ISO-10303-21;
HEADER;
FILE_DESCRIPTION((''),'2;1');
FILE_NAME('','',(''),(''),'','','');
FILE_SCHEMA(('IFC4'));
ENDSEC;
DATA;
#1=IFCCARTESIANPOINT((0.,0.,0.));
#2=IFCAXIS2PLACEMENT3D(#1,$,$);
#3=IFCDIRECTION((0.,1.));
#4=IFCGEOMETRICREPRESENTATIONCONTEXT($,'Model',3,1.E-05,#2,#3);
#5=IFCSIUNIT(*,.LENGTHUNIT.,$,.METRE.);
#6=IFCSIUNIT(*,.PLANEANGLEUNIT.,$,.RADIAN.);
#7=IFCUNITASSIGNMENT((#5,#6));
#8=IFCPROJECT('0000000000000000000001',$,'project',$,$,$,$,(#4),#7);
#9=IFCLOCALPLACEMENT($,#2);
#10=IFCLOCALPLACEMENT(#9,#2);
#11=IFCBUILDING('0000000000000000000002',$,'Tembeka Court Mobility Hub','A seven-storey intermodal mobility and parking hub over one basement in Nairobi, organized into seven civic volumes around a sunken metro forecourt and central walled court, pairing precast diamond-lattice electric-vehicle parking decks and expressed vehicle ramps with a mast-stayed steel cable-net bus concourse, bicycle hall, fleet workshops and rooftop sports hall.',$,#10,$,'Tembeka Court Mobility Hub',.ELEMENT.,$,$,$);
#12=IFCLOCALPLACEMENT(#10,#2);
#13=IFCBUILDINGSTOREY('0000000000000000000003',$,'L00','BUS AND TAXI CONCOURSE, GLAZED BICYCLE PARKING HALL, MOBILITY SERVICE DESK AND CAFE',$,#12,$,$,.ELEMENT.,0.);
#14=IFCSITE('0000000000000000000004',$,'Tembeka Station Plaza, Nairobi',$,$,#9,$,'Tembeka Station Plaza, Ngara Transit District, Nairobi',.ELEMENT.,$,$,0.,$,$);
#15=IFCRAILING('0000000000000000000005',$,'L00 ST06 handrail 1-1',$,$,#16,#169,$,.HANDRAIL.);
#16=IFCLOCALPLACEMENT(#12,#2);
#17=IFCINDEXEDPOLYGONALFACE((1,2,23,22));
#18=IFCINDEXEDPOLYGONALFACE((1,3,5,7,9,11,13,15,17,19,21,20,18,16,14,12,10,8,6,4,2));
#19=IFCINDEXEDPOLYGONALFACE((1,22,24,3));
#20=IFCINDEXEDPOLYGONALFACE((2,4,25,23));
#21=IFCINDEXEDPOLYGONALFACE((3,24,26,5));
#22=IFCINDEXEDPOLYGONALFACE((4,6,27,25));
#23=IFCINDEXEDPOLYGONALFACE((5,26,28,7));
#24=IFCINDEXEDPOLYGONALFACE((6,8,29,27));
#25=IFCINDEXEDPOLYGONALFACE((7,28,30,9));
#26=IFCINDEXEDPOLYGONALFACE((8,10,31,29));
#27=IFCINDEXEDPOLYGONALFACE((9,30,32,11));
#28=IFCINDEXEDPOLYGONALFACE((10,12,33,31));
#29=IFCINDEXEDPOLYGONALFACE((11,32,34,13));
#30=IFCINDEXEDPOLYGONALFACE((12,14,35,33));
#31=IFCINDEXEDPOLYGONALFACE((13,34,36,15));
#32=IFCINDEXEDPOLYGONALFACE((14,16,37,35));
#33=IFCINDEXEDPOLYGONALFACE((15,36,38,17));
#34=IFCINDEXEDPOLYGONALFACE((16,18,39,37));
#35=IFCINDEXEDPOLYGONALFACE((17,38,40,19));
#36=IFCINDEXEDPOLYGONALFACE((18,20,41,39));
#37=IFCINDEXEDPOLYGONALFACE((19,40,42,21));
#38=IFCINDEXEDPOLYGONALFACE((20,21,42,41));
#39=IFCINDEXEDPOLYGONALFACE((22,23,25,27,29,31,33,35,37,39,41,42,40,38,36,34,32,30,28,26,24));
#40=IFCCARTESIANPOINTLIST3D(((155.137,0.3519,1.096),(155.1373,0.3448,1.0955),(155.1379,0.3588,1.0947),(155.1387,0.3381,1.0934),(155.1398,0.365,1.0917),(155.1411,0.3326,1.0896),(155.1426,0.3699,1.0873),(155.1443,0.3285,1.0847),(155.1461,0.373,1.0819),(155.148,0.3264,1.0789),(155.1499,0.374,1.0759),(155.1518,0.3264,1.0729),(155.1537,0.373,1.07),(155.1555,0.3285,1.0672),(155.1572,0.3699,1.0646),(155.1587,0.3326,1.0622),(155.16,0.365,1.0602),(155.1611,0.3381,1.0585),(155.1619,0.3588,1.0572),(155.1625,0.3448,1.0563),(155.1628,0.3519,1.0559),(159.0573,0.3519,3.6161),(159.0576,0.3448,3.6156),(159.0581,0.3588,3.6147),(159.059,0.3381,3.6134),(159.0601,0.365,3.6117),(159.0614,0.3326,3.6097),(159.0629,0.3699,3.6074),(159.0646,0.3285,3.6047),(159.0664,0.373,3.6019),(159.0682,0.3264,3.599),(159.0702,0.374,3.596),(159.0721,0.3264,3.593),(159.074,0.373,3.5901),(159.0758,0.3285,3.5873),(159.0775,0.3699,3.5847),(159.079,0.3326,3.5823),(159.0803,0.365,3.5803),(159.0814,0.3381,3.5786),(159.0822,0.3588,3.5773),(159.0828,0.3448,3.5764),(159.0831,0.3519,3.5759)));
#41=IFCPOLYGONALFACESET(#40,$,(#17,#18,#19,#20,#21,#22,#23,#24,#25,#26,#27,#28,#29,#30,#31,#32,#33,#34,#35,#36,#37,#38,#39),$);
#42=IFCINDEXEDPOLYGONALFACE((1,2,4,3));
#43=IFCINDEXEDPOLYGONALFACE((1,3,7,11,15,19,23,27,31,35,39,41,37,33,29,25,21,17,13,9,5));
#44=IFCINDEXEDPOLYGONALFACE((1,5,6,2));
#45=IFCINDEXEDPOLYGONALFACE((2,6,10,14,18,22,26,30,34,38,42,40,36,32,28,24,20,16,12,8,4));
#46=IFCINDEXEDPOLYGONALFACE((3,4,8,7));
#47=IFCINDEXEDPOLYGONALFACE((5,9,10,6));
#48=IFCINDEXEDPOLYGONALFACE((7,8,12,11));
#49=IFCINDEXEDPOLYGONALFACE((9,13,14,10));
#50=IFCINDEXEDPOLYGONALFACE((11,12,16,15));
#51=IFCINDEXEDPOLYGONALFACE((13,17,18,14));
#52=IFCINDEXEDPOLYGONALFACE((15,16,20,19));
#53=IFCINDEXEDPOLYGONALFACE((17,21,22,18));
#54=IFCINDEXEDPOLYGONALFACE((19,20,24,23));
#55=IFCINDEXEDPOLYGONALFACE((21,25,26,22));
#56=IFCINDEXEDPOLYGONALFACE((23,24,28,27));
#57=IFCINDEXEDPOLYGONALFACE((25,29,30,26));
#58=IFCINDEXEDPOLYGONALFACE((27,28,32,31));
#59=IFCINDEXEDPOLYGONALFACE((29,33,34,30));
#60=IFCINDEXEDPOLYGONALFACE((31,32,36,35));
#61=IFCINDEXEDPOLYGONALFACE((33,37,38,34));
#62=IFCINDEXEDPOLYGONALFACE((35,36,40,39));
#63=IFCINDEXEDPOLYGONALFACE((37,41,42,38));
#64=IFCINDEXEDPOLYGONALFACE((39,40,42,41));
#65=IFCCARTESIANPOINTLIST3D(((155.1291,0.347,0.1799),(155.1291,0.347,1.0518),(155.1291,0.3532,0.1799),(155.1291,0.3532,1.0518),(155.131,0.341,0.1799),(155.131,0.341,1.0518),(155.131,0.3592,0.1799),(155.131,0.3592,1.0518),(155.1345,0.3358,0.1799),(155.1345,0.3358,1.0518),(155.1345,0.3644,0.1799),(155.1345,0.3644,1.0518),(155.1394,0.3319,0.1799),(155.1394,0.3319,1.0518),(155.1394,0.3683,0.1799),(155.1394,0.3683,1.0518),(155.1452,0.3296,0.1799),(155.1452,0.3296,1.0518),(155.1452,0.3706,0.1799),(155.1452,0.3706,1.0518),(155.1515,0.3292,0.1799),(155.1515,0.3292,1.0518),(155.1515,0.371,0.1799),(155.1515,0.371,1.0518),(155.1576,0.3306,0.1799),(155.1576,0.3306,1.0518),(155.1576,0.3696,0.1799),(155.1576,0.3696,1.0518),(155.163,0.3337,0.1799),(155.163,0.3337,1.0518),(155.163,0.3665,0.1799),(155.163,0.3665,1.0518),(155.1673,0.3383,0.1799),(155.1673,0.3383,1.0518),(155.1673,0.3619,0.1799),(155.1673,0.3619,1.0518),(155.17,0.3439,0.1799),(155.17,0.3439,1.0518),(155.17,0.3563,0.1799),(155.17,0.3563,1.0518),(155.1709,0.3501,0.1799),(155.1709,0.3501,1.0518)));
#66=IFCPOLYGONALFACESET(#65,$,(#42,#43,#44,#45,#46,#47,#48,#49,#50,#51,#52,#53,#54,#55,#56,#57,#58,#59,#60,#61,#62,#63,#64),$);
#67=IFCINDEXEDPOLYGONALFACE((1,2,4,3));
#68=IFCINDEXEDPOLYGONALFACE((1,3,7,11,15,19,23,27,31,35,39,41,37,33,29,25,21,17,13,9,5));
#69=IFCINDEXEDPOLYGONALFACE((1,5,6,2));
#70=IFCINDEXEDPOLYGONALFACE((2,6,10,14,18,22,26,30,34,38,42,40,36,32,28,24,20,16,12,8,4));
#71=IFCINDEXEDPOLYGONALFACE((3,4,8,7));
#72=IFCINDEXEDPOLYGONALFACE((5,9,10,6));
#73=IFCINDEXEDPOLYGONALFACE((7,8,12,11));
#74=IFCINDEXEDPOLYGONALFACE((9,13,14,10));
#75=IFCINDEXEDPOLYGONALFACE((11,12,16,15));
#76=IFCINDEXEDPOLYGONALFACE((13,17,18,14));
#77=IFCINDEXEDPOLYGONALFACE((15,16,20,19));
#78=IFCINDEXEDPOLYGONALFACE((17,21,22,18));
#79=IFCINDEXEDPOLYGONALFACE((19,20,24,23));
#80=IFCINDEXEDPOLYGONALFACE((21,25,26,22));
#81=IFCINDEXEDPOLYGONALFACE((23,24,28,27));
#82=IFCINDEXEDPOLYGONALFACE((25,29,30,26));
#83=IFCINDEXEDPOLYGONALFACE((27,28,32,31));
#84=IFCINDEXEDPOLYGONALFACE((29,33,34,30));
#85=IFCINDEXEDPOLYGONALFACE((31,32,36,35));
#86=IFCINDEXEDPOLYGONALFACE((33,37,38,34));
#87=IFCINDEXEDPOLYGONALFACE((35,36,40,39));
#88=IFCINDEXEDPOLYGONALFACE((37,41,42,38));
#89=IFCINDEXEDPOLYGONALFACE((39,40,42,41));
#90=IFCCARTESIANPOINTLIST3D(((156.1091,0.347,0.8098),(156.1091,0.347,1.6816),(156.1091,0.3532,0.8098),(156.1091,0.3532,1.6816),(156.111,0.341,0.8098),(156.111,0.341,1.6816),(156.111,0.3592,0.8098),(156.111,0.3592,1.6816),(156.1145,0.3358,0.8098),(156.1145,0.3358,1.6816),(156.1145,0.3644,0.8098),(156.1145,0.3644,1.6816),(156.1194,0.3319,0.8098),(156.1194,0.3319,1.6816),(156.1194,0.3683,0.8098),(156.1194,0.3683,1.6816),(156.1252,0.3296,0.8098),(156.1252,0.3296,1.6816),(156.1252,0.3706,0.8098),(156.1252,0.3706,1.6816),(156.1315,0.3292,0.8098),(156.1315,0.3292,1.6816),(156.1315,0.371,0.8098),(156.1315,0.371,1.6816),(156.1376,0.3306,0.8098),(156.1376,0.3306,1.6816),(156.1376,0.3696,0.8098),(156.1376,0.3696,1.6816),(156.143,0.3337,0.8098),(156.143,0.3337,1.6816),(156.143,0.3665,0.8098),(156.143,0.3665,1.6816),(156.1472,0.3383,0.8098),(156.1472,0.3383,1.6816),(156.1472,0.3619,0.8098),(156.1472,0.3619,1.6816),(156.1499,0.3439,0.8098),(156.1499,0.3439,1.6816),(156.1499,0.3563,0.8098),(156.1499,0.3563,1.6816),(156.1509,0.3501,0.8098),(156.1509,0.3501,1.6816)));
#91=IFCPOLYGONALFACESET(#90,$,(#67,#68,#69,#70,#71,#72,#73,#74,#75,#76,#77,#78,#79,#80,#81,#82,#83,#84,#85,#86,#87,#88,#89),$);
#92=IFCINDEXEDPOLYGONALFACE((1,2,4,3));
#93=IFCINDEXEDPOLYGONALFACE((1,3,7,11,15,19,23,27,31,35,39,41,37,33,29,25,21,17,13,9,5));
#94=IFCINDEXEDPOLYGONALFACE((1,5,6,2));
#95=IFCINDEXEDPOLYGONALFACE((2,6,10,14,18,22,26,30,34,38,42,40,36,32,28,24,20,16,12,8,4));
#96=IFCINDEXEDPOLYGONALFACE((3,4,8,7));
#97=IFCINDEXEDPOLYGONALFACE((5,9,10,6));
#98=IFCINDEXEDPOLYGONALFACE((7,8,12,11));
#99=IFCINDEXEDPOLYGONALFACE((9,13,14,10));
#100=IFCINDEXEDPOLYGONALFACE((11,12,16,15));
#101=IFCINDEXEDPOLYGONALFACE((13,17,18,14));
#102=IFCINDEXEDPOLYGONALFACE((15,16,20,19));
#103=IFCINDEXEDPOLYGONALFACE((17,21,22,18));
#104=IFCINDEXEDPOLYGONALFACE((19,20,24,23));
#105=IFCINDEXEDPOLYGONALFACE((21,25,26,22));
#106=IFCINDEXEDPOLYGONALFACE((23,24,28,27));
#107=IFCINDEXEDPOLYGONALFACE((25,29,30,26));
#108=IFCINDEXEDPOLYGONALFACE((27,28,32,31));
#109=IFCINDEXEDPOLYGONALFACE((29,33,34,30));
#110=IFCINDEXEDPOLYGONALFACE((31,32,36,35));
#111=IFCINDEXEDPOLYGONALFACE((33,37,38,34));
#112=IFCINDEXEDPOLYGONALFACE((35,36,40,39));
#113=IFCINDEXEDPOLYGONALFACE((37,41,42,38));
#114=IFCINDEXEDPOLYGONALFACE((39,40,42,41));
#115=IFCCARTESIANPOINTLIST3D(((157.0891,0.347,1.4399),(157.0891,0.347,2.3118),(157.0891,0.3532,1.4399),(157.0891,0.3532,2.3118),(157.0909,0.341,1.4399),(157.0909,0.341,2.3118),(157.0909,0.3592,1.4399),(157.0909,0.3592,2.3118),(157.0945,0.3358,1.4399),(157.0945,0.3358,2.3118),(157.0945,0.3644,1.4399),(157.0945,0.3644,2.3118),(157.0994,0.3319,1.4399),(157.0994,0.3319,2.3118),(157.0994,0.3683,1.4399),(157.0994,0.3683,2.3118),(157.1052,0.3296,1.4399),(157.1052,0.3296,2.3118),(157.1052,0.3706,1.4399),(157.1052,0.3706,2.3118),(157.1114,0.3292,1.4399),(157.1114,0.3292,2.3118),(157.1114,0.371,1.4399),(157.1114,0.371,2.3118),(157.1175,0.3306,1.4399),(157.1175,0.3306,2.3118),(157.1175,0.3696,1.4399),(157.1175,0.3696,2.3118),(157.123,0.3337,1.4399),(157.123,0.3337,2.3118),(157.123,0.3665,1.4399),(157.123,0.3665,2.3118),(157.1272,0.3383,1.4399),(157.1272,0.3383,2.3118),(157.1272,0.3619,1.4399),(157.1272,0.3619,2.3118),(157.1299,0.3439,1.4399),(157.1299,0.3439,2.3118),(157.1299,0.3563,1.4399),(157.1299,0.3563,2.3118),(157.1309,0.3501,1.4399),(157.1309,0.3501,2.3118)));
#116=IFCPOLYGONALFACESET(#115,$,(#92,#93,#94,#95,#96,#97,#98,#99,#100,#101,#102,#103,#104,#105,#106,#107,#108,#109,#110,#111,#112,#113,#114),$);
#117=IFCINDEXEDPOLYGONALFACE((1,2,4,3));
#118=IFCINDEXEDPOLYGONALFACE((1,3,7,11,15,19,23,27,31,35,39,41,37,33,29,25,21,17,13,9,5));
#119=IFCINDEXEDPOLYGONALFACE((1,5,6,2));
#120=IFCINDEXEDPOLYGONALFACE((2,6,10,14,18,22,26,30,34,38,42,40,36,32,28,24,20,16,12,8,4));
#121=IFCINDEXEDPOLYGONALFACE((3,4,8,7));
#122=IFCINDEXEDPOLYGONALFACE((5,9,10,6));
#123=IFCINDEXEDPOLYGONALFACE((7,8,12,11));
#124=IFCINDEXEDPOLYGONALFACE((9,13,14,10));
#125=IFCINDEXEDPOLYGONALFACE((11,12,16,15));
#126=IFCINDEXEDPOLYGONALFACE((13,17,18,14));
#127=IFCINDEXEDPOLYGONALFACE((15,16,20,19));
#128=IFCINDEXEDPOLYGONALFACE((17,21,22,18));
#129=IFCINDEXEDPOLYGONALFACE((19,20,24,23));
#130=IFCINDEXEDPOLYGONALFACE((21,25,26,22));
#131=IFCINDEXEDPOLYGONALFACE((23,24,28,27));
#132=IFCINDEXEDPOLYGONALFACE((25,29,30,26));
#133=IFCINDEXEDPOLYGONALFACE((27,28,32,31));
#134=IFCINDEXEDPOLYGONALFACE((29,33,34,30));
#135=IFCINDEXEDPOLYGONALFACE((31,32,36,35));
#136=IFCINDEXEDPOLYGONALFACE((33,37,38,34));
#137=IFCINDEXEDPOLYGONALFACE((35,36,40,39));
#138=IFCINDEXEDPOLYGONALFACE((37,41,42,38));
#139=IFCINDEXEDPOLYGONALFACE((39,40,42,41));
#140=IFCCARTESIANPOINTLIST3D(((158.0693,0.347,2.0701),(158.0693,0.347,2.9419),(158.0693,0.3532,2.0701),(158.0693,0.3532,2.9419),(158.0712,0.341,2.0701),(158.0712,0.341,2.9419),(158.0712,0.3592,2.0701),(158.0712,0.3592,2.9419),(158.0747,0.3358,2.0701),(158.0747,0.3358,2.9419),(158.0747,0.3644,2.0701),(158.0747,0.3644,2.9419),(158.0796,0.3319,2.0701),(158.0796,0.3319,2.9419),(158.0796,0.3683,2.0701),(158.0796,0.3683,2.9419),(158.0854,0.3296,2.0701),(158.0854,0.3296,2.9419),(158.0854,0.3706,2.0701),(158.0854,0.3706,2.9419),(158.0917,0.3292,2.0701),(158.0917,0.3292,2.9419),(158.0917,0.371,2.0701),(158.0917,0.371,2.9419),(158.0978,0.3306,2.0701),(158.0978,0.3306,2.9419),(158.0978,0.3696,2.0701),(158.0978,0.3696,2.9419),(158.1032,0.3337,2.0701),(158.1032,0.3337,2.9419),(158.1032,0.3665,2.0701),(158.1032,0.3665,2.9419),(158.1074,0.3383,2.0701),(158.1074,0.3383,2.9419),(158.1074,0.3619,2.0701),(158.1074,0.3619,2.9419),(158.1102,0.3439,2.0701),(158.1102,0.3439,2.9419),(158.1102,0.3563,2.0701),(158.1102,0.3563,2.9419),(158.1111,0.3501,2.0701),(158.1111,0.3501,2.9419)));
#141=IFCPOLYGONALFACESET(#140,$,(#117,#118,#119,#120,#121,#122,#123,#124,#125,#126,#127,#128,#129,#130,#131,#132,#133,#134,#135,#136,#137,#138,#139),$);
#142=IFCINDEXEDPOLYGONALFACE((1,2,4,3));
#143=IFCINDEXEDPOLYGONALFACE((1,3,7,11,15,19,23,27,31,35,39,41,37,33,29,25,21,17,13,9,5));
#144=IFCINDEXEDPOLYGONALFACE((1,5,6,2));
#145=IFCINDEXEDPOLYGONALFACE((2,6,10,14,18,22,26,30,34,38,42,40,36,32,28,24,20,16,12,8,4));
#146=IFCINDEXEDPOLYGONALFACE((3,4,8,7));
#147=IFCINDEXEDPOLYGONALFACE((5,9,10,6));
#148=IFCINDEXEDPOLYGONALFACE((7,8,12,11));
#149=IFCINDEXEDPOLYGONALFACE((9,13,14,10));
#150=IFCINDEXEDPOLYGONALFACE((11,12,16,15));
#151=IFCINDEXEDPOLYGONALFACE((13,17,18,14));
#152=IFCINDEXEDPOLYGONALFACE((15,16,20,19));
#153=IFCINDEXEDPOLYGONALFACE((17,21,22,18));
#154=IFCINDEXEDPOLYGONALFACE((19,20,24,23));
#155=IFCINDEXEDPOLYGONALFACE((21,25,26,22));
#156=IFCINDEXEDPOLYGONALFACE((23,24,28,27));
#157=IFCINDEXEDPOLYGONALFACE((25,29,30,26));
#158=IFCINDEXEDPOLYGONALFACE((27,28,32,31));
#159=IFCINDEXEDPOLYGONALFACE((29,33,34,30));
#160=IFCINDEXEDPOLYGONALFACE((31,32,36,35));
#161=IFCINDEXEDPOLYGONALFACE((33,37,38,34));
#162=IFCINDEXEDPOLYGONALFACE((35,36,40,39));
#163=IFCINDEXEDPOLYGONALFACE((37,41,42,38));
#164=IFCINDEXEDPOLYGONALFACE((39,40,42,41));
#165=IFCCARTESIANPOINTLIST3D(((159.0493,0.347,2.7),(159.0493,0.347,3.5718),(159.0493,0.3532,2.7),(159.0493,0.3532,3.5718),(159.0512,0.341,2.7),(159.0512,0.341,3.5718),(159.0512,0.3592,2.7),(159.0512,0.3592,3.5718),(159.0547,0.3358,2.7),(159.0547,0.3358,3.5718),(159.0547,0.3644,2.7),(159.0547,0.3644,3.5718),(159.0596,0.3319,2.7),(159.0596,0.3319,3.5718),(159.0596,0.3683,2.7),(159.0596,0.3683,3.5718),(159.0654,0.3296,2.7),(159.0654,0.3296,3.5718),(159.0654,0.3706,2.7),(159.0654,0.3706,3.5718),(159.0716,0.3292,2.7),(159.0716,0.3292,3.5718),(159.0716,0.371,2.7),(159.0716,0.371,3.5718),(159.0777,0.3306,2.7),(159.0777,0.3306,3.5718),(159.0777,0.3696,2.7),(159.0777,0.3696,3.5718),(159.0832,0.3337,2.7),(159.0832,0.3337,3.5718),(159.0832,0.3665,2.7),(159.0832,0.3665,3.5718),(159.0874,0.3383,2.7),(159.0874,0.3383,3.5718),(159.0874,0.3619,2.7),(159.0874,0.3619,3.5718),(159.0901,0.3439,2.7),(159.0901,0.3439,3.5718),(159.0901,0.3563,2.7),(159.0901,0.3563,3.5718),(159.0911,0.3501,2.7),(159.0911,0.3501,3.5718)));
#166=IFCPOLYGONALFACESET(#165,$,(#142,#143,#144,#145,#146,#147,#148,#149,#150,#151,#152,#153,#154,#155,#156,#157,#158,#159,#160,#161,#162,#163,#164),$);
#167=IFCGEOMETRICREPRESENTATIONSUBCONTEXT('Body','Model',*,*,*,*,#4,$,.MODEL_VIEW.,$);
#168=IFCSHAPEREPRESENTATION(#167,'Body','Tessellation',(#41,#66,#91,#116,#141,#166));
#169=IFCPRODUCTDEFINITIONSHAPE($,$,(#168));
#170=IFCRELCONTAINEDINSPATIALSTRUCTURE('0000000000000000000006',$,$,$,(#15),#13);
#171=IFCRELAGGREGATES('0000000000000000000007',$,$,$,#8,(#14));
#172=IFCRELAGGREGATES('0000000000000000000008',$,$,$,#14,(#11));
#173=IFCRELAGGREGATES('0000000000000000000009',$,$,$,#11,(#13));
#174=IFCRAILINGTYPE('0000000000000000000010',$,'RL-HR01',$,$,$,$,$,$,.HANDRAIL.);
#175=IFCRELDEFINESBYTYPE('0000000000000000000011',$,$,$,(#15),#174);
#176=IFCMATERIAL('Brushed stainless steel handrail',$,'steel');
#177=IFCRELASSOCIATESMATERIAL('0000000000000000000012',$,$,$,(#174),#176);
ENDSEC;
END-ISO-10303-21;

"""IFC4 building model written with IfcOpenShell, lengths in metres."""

from ifc_helpers import new_model, si_unit, direction, frame, origin, origin_2d, place, context, subcontext, project, spatial, circle, extrude, material, type_object, element, save


model = new_model("IFC4")

# Units and contexts
model_context = context("Model", 3, precision=1e-05, world=origin(), true_north=direction((0.0, 1.0)))
body_context = subcontext(model_context, "Body", "Model", "MODEL_VIEW")
ifc_project = project(units=[si_unit("LENGTHUNIT", "METRE"), si_unit("PLANEANGLEUNIT", "RADIAN")], contexts=[model_context])

# Site, building, storey
site_placement = place(None, origin())
site = spatial("IfcSite", under=ifc_project, at=site_placement, Name="Tembeka Station Plaza, Nairobi", LongName="Tembeka Station Plaza, Ngara Transit District, Nairobi", CompositionType="ELEMENT", RefElevation=0.0)
building_placement = place(site_placement, origin())
building = spatial("IfcBuilding", under=site, at=building_placement, Name="Tembeka Court Mobility Hub", Description="A seven-storey intermodal mobility and parking hub over one basement in Nairobi, organized into seven civic volumes around a sunken metro forecourt and central walled court, pairing precast diamond-lattice electric-vehicle parking decks and expressed vehicle ramps with a mast-stayed steel cable-net bus concourse, bicycle hall, fleet workshops and rooftop sports hall.", LongName="Tembeka Court Mobility Hub", CompositionType="ELEMENT")
storey_placement = place(building_placement, origin())
storey = spatial("IfcBuildingStorey", under=building, at=storey_placement, Name="L00", Description="BUS AND TAXI CONCOURSE, GLAZED BICYCLE PARKING HALL, MOBILITY SERVICE DESK AND CAFE", CompositionType="ELEMENT", Elevation=0.0)

# Railing
ifc_material_1 = material(Name="Brushed stainless steel handrail", Category="steel")
railing_type_1 = type_object("IfcRailingType", Name="RL-HR01", PredefinedType="HANDRAIL", material=ifc_material_1)
railing_1_placement = place(storey_placement, frame((155.1499, 0.3501, 0.1799)))
element("IfcRailing", 1, at=railing_1_placement, inside=storey, type_object=railing_type_1, Name="L00 ST06 handrail 1-1", PredefinedType="HANDRAIL", context=body_context, shape_type="SweptSolid", body=[
    extrude(circle(Radius=0.0239, at=origin_2d()), frame((0.0, 0.0, 0.896), z_axis=(0.841187, 0.0, 0.540744), x_axis=(0.0, 1.0, 0.0)), (0.0, 0.0, 1.0), 4.6604),
    extrude(circle(Radius=0.021, at=origin_2d()), origin(), (0.0, 0.0, 1.0), 0.8718),
    extrude(circle(Radius=0.021, at=origin_2d()), frame((0.98, 0.0, 0.6299)), (0.0, 0.0, 1.0), 0.8718),
    extrude(circle(Radius=0.021, at=origin_2d()), frame((1.96, 0.0, 1.26)), (0.0, 0.0, 1.0), 0.8718),
    extrude(circle(Radius=0.021, at=origin_2d()), frame((2.9402, 0.0, 1.8901)), (0.0, 0.0, 1.0), 0.8718),
    extrude(circle(Radius=0.021, at=origin_2d()), frame((3.9202, 0.0, 2.52)), (0.0, 0.0, 1.0), 0.8718),
])

save(model, "model.ifc")
